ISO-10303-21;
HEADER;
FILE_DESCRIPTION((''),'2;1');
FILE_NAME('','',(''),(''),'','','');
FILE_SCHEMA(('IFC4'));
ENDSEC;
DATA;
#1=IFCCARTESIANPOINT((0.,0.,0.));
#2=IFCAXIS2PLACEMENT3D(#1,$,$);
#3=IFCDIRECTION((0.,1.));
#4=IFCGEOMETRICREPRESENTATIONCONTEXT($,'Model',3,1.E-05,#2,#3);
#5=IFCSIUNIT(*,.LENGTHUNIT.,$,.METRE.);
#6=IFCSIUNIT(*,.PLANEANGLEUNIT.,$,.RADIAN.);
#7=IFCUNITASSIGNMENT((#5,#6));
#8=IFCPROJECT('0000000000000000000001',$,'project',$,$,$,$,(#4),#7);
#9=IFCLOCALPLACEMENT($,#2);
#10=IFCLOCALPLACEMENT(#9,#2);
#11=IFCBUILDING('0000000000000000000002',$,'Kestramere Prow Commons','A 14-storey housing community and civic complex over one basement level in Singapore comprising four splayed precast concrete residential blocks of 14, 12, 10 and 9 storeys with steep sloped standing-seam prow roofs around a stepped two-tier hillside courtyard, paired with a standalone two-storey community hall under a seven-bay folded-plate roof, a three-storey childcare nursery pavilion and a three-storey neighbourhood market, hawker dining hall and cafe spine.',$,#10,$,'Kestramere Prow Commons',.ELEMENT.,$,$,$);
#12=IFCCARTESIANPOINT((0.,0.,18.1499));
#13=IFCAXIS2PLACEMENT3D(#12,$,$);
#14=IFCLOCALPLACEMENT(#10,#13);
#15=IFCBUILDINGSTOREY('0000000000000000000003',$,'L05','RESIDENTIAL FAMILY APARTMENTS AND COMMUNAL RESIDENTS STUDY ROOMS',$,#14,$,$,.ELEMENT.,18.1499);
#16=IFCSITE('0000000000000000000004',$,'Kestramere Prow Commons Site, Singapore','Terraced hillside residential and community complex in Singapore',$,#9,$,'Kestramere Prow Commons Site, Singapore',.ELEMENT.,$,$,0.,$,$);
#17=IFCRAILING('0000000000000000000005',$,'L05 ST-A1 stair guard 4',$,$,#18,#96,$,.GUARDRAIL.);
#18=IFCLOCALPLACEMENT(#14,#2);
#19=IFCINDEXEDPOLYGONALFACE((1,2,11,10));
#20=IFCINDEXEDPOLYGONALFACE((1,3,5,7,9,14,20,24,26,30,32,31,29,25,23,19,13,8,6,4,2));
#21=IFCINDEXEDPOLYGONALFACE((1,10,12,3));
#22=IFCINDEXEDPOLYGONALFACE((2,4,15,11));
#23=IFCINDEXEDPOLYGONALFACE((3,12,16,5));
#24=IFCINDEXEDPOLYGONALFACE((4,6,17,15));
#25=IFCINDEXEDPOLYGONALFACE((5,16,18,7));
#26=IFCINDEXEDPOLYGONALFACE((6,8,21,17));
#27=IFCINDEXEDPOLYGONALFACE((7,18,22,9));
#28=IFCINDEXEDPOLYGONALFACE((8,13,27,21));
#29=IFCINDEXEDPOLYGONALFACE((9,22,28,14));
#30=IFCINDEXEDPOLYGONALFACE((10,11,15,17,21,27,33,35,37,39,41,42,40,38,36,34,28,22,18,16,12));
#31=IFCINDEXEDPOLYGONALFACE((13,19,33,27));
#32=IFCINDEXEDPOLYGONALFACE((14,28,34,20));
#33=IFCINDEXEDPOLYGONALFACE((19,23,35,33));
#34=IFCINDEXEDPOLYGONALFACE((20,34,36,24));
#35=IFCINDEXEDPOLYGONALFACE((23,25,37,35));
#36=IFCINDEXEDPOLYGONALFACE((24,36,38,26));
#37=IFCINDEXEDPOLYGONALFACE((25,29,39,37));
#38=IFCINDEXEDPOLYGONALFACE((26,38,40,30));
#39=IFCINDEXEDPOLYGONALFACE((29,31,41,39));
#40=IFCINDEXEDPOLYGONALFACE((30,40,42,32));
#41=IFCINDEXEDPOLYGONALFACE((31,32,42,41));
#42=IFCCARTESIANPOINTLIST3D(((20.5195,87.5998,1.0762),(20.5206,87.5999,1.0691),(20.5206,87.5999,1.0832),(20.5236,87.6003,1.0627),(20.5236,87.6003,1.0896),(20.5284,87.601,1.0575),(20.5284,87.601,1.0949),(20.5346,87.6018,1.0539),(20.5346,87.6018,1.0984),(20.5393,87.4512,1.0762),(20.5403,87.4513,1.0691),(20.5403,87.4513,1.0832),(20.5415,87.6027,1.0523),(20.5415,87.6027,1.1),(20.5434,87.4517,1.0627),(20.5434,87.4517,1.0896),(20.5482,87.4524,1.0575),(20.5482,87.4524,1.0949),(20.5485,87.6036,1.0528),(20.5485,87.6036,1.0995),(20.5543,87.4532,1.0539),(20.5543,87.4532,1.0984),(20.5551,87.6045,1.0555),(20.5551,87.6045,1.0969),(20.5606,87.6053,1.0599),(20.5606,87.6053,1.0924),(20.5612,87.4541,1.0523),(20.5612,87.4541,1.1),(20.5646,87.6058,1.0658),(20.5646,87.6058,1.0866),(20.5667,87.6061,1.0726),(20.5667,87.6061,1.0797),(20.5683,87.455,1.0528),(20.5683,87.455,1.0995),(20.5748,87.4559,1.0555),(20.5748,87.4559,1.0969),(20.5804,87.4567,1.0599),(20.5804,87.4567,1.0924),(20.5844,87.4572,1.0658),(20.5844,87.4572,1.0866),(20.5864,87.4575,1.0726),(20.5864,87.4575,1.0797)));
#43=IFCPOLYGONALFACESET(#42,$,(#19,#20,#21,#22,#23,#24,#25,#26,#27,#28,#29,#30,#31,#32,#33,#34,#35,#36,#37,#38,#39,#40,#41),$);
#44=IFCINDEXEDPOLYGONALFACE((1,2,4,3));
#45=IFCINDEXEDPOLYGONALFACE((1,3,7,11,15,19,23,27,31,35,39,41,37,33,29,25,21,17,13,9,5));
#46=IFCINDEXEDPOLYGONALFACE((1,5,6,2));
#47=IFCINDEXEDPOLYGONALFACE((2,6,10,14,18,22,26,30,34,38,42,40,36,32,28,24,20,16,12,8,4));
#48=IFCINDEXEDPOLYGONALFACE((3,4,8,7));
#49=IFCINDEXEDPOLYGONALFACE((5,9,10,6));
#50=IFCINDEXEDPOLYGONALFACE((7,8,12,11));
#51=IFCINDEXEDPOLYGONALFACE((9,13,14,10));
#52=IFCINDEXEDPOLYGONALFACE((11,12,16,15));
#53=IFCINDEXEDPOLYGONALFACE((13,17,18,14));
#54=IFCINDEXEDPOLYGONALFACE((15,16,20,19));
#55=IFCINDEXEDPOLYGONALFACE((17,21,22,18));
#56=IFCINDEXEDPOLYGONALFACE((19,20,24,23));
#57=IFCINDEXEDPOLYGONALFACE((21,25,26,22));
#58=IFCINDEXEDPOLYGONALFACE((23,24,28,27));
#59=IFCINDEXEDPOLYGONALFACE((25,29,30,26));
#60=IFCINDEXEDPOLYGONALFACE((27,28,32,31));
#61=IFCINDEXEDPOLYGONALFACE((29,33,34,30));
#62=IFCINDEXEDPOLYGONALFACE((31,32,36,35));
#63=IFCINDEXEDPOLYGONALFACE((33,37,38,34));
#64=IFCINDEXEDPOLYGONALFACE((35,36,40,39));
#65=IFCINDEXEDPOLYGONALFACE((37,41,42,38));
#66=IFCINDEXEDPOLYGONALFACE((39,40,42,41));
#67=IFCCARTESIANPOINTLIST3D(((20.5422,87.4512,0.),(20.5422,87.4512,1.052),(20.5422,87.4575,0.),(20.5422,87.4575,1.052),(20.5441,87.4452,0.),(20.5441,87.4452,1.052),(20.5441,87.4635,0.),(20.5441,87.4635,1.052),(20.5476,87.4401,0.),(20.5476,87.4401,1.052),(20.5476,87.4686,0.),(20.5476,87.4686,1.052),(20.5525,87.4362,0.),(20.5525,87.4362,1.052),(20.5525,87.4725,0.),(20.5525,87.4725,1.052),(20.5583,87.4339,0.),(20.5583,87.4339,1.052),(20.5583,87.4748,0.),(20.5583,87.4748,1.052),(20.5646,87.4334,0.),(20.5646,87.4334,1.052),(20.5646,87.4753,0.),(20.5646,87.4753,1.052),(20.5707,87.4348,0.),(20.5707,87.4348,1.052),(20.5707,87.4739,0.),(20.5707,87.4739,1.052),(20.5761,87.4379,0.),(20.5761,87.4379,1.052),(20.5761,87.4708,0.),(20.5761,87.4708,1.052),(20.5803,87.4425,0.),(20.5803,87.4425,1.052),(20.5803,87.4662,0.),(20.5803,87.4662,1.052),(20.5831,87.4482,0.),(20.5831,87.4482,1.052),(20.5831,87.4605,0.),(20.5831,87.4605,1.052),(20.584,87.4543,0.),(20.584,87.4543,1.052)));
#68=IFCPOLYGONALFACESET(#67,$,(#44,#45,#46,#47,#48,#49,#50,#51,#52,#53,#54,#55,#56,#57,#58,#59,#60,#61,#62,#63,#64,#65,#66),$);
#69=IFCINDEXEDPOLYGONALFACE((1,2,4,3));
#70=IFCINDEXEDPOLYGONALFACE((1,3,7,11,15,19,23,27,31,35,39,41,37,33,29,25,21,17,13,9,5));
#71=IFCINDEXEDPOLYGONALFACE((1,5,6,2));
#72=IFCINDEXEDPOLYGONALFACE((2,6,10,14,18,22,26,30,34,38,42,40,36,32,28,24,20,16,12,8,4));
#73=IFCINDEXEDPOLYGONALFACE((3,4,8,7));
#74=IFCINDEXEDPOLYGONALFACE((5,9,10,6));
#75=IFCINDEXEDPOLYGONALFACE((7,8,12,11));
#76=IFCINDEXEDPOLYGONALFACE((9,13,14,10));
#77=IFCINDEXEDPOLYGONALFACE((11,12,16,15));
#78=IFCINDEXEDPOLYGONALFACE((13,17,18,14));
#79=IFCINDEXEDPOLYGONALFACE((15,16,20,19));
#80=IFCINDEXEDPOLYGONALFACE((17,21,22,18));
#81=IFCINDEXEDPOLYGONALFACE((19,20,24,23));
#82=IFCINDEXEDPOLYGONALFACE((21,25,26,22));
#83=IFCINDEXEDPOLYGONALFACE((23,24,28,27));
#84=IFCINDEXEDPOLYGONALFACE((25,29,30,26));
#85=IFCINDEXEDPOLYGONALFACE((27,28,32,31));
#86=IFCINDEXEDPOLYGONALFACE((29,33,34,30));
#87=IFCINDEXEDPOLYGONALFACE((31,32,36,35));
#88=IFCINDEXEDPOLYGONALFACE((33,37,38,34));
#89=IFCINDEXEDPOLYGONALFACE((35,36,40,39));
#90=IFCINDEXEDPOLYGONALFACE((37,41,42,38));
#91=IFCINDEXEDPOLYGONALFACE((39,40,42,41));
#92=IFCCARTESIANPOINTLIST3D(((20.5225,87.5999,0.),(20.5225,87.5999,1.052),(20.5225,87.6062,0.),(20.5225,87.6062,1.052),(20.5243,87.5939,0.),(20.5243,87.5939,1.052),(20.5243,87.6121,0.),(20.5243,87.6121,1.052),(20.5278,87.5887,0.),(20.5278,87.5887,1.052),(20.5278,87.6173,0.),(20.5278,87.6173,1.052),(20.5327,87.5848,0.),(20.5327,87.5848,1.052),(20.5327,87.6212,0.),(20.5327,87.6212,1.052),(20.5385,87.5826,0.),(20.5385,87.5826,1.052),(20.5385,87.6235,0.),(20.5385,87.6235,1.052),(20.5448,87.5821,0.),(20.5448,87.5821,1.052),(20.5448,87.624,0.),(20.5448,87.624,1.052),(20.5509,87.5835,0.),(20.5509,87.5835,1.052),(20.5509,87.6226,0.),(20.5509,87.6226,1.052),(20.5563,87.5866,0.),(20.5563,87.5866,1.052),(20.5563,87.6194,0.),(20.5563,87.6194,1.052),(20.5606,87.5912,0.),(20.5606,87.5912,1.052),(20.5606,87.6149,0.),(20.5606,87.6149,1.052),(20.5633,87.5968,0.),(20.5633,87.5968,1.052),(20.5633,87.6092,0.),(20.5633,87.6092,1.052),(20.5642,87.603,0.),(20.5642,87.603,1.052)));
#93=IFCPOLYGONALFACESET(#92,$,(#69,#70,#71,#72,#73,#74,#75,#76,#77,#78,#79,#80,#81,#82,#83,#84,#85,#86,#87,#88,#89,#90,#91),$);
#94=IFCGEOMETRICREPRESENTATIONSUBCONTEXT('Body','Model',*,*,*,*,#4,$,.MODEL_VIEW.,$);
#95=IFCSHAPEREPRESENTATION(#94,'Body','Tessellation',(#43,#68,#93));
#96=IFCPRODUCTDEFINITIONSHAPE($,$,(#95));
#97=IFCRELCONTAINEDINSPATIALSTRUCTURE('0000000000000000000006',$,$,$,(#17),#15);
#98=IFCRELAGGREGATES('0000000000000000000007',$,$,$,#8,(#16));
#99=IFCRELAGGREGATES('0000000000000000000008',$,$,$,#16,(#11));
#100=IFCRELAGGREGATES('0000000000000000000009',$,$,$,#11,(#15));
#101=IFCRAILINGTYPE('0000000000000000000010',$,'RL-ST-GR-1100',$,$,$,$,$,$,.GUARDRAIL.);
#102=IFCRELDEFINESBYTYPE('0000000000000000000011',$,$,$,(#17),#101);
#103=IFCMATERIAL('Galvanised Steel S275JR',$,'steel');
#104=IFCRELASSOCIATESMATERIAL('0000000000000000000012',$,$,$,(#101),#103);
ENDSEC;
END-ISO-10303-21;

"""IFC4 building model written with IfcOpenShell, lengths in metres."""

from ifc_helpers import new_model, si_unit, direction, frame, origin, origin_2d, place, context, subcontext, project, spatial, circle, extrude, material, type_object, element, save


model = new_model("IFC4")

# Units and contexts
model_context = context("Model", 3, precision=1e-05, world=origin(), true_north=direction((0.0, 1.0)))
body_context = subcontext(model_context, "Body", "Model", "MODEL_VIEW")
ifc_project = project(units=[si_unit("LENGTHUNIT", "METRE"), si_unit("PLANEANGLEUNIT", "RADIAN")], contexts=[model_context])

# Site, building, storey
site_placement = place(None, origin())
site = spatial("IfcSite", under=ifc_project, at=site_placement, Name="Kestramere Prow Commons Site, Singapore", Description="Terraced hillside residential and community complex in Singapore", LongName="Kestramere Prow Commons Site, Singapore", CompositionType="ELEMENT", RefElevation=0.0)
building_placement = place(site_placement, origin())
building = spatial("IfcBuilding", under=site, at=building_placement, Name="Kestramere Prow Commons", Description="A 14-storey housing community and civic complex over one basement level in Singapore comprising four splayed precast concrete residential blocks of 14, 12, 10 and 9 storeys with steep sloped standing-seam prow roofs around a stepped two-tier hillside courtyard, paired with a standalone two-storey community hall under a seven-bay folded-plate roof, a three-storey childcare nursery pavilion and a three-storey neighbourhood market, hawker dining hall and cafe spine.", LongName="Kestramere Prow Commons", CompositionType="ELEMENT")
storey_placement = place(building_placement, frame((0.0, 0.0, 18.1499)))
storey = spatial("IfcBuildingStorey", under=building, at=storey_placement, Name="L05", Description="RESIDENTIAL FAMILY APARTMENTS AND COMMUNAL RESIDENTS STUDY ROOMS", CompositionType="ELEMENT", Elevation=18.1499)

# Railing
ifc_material_1 = material(Name="Galvanised Steel S275JR", Category="steel")
railing_type_1 = type_object("IfcRailingType", Name="RL-ST-GR-1100", PredefinedType="GUARDRAIL", material=ifc_material_1)
railing_1_placement = place(storey_placement, frame((20.563, 87.4543, 0.0)))
element("IfcRailing", 1, at=railing_1_placement, inside=storey, type_object=railing_type_1, Name="L05 ST-A1 stair guard 4", PredefinedType="GUARDRAIL", context=body_context, shape_type="SweptSolid", body=[
    extrude(circle(Radius=0.0239, at=origin_2d()), frame((0.0, 0.0, 1.0762), z_axis=(-0.131844, 0.99127, 0.0), x_axis=(-0.99127, -0.131844, 0.0)), (0.0, 0.0, 1.0), 0.1499),
    extrude(circle(Radius=0.021, at=origin_2d()), origin(), (0.0, 0.0, 1.0), 1.052),
    extrude(circle(Radius=0.021, at=origin_2d()), frame((-0.0198, 0.1487, 0.0)), (0.0, 0.0, 1.0), 1.052),
])

save(model, "model.ifc")
